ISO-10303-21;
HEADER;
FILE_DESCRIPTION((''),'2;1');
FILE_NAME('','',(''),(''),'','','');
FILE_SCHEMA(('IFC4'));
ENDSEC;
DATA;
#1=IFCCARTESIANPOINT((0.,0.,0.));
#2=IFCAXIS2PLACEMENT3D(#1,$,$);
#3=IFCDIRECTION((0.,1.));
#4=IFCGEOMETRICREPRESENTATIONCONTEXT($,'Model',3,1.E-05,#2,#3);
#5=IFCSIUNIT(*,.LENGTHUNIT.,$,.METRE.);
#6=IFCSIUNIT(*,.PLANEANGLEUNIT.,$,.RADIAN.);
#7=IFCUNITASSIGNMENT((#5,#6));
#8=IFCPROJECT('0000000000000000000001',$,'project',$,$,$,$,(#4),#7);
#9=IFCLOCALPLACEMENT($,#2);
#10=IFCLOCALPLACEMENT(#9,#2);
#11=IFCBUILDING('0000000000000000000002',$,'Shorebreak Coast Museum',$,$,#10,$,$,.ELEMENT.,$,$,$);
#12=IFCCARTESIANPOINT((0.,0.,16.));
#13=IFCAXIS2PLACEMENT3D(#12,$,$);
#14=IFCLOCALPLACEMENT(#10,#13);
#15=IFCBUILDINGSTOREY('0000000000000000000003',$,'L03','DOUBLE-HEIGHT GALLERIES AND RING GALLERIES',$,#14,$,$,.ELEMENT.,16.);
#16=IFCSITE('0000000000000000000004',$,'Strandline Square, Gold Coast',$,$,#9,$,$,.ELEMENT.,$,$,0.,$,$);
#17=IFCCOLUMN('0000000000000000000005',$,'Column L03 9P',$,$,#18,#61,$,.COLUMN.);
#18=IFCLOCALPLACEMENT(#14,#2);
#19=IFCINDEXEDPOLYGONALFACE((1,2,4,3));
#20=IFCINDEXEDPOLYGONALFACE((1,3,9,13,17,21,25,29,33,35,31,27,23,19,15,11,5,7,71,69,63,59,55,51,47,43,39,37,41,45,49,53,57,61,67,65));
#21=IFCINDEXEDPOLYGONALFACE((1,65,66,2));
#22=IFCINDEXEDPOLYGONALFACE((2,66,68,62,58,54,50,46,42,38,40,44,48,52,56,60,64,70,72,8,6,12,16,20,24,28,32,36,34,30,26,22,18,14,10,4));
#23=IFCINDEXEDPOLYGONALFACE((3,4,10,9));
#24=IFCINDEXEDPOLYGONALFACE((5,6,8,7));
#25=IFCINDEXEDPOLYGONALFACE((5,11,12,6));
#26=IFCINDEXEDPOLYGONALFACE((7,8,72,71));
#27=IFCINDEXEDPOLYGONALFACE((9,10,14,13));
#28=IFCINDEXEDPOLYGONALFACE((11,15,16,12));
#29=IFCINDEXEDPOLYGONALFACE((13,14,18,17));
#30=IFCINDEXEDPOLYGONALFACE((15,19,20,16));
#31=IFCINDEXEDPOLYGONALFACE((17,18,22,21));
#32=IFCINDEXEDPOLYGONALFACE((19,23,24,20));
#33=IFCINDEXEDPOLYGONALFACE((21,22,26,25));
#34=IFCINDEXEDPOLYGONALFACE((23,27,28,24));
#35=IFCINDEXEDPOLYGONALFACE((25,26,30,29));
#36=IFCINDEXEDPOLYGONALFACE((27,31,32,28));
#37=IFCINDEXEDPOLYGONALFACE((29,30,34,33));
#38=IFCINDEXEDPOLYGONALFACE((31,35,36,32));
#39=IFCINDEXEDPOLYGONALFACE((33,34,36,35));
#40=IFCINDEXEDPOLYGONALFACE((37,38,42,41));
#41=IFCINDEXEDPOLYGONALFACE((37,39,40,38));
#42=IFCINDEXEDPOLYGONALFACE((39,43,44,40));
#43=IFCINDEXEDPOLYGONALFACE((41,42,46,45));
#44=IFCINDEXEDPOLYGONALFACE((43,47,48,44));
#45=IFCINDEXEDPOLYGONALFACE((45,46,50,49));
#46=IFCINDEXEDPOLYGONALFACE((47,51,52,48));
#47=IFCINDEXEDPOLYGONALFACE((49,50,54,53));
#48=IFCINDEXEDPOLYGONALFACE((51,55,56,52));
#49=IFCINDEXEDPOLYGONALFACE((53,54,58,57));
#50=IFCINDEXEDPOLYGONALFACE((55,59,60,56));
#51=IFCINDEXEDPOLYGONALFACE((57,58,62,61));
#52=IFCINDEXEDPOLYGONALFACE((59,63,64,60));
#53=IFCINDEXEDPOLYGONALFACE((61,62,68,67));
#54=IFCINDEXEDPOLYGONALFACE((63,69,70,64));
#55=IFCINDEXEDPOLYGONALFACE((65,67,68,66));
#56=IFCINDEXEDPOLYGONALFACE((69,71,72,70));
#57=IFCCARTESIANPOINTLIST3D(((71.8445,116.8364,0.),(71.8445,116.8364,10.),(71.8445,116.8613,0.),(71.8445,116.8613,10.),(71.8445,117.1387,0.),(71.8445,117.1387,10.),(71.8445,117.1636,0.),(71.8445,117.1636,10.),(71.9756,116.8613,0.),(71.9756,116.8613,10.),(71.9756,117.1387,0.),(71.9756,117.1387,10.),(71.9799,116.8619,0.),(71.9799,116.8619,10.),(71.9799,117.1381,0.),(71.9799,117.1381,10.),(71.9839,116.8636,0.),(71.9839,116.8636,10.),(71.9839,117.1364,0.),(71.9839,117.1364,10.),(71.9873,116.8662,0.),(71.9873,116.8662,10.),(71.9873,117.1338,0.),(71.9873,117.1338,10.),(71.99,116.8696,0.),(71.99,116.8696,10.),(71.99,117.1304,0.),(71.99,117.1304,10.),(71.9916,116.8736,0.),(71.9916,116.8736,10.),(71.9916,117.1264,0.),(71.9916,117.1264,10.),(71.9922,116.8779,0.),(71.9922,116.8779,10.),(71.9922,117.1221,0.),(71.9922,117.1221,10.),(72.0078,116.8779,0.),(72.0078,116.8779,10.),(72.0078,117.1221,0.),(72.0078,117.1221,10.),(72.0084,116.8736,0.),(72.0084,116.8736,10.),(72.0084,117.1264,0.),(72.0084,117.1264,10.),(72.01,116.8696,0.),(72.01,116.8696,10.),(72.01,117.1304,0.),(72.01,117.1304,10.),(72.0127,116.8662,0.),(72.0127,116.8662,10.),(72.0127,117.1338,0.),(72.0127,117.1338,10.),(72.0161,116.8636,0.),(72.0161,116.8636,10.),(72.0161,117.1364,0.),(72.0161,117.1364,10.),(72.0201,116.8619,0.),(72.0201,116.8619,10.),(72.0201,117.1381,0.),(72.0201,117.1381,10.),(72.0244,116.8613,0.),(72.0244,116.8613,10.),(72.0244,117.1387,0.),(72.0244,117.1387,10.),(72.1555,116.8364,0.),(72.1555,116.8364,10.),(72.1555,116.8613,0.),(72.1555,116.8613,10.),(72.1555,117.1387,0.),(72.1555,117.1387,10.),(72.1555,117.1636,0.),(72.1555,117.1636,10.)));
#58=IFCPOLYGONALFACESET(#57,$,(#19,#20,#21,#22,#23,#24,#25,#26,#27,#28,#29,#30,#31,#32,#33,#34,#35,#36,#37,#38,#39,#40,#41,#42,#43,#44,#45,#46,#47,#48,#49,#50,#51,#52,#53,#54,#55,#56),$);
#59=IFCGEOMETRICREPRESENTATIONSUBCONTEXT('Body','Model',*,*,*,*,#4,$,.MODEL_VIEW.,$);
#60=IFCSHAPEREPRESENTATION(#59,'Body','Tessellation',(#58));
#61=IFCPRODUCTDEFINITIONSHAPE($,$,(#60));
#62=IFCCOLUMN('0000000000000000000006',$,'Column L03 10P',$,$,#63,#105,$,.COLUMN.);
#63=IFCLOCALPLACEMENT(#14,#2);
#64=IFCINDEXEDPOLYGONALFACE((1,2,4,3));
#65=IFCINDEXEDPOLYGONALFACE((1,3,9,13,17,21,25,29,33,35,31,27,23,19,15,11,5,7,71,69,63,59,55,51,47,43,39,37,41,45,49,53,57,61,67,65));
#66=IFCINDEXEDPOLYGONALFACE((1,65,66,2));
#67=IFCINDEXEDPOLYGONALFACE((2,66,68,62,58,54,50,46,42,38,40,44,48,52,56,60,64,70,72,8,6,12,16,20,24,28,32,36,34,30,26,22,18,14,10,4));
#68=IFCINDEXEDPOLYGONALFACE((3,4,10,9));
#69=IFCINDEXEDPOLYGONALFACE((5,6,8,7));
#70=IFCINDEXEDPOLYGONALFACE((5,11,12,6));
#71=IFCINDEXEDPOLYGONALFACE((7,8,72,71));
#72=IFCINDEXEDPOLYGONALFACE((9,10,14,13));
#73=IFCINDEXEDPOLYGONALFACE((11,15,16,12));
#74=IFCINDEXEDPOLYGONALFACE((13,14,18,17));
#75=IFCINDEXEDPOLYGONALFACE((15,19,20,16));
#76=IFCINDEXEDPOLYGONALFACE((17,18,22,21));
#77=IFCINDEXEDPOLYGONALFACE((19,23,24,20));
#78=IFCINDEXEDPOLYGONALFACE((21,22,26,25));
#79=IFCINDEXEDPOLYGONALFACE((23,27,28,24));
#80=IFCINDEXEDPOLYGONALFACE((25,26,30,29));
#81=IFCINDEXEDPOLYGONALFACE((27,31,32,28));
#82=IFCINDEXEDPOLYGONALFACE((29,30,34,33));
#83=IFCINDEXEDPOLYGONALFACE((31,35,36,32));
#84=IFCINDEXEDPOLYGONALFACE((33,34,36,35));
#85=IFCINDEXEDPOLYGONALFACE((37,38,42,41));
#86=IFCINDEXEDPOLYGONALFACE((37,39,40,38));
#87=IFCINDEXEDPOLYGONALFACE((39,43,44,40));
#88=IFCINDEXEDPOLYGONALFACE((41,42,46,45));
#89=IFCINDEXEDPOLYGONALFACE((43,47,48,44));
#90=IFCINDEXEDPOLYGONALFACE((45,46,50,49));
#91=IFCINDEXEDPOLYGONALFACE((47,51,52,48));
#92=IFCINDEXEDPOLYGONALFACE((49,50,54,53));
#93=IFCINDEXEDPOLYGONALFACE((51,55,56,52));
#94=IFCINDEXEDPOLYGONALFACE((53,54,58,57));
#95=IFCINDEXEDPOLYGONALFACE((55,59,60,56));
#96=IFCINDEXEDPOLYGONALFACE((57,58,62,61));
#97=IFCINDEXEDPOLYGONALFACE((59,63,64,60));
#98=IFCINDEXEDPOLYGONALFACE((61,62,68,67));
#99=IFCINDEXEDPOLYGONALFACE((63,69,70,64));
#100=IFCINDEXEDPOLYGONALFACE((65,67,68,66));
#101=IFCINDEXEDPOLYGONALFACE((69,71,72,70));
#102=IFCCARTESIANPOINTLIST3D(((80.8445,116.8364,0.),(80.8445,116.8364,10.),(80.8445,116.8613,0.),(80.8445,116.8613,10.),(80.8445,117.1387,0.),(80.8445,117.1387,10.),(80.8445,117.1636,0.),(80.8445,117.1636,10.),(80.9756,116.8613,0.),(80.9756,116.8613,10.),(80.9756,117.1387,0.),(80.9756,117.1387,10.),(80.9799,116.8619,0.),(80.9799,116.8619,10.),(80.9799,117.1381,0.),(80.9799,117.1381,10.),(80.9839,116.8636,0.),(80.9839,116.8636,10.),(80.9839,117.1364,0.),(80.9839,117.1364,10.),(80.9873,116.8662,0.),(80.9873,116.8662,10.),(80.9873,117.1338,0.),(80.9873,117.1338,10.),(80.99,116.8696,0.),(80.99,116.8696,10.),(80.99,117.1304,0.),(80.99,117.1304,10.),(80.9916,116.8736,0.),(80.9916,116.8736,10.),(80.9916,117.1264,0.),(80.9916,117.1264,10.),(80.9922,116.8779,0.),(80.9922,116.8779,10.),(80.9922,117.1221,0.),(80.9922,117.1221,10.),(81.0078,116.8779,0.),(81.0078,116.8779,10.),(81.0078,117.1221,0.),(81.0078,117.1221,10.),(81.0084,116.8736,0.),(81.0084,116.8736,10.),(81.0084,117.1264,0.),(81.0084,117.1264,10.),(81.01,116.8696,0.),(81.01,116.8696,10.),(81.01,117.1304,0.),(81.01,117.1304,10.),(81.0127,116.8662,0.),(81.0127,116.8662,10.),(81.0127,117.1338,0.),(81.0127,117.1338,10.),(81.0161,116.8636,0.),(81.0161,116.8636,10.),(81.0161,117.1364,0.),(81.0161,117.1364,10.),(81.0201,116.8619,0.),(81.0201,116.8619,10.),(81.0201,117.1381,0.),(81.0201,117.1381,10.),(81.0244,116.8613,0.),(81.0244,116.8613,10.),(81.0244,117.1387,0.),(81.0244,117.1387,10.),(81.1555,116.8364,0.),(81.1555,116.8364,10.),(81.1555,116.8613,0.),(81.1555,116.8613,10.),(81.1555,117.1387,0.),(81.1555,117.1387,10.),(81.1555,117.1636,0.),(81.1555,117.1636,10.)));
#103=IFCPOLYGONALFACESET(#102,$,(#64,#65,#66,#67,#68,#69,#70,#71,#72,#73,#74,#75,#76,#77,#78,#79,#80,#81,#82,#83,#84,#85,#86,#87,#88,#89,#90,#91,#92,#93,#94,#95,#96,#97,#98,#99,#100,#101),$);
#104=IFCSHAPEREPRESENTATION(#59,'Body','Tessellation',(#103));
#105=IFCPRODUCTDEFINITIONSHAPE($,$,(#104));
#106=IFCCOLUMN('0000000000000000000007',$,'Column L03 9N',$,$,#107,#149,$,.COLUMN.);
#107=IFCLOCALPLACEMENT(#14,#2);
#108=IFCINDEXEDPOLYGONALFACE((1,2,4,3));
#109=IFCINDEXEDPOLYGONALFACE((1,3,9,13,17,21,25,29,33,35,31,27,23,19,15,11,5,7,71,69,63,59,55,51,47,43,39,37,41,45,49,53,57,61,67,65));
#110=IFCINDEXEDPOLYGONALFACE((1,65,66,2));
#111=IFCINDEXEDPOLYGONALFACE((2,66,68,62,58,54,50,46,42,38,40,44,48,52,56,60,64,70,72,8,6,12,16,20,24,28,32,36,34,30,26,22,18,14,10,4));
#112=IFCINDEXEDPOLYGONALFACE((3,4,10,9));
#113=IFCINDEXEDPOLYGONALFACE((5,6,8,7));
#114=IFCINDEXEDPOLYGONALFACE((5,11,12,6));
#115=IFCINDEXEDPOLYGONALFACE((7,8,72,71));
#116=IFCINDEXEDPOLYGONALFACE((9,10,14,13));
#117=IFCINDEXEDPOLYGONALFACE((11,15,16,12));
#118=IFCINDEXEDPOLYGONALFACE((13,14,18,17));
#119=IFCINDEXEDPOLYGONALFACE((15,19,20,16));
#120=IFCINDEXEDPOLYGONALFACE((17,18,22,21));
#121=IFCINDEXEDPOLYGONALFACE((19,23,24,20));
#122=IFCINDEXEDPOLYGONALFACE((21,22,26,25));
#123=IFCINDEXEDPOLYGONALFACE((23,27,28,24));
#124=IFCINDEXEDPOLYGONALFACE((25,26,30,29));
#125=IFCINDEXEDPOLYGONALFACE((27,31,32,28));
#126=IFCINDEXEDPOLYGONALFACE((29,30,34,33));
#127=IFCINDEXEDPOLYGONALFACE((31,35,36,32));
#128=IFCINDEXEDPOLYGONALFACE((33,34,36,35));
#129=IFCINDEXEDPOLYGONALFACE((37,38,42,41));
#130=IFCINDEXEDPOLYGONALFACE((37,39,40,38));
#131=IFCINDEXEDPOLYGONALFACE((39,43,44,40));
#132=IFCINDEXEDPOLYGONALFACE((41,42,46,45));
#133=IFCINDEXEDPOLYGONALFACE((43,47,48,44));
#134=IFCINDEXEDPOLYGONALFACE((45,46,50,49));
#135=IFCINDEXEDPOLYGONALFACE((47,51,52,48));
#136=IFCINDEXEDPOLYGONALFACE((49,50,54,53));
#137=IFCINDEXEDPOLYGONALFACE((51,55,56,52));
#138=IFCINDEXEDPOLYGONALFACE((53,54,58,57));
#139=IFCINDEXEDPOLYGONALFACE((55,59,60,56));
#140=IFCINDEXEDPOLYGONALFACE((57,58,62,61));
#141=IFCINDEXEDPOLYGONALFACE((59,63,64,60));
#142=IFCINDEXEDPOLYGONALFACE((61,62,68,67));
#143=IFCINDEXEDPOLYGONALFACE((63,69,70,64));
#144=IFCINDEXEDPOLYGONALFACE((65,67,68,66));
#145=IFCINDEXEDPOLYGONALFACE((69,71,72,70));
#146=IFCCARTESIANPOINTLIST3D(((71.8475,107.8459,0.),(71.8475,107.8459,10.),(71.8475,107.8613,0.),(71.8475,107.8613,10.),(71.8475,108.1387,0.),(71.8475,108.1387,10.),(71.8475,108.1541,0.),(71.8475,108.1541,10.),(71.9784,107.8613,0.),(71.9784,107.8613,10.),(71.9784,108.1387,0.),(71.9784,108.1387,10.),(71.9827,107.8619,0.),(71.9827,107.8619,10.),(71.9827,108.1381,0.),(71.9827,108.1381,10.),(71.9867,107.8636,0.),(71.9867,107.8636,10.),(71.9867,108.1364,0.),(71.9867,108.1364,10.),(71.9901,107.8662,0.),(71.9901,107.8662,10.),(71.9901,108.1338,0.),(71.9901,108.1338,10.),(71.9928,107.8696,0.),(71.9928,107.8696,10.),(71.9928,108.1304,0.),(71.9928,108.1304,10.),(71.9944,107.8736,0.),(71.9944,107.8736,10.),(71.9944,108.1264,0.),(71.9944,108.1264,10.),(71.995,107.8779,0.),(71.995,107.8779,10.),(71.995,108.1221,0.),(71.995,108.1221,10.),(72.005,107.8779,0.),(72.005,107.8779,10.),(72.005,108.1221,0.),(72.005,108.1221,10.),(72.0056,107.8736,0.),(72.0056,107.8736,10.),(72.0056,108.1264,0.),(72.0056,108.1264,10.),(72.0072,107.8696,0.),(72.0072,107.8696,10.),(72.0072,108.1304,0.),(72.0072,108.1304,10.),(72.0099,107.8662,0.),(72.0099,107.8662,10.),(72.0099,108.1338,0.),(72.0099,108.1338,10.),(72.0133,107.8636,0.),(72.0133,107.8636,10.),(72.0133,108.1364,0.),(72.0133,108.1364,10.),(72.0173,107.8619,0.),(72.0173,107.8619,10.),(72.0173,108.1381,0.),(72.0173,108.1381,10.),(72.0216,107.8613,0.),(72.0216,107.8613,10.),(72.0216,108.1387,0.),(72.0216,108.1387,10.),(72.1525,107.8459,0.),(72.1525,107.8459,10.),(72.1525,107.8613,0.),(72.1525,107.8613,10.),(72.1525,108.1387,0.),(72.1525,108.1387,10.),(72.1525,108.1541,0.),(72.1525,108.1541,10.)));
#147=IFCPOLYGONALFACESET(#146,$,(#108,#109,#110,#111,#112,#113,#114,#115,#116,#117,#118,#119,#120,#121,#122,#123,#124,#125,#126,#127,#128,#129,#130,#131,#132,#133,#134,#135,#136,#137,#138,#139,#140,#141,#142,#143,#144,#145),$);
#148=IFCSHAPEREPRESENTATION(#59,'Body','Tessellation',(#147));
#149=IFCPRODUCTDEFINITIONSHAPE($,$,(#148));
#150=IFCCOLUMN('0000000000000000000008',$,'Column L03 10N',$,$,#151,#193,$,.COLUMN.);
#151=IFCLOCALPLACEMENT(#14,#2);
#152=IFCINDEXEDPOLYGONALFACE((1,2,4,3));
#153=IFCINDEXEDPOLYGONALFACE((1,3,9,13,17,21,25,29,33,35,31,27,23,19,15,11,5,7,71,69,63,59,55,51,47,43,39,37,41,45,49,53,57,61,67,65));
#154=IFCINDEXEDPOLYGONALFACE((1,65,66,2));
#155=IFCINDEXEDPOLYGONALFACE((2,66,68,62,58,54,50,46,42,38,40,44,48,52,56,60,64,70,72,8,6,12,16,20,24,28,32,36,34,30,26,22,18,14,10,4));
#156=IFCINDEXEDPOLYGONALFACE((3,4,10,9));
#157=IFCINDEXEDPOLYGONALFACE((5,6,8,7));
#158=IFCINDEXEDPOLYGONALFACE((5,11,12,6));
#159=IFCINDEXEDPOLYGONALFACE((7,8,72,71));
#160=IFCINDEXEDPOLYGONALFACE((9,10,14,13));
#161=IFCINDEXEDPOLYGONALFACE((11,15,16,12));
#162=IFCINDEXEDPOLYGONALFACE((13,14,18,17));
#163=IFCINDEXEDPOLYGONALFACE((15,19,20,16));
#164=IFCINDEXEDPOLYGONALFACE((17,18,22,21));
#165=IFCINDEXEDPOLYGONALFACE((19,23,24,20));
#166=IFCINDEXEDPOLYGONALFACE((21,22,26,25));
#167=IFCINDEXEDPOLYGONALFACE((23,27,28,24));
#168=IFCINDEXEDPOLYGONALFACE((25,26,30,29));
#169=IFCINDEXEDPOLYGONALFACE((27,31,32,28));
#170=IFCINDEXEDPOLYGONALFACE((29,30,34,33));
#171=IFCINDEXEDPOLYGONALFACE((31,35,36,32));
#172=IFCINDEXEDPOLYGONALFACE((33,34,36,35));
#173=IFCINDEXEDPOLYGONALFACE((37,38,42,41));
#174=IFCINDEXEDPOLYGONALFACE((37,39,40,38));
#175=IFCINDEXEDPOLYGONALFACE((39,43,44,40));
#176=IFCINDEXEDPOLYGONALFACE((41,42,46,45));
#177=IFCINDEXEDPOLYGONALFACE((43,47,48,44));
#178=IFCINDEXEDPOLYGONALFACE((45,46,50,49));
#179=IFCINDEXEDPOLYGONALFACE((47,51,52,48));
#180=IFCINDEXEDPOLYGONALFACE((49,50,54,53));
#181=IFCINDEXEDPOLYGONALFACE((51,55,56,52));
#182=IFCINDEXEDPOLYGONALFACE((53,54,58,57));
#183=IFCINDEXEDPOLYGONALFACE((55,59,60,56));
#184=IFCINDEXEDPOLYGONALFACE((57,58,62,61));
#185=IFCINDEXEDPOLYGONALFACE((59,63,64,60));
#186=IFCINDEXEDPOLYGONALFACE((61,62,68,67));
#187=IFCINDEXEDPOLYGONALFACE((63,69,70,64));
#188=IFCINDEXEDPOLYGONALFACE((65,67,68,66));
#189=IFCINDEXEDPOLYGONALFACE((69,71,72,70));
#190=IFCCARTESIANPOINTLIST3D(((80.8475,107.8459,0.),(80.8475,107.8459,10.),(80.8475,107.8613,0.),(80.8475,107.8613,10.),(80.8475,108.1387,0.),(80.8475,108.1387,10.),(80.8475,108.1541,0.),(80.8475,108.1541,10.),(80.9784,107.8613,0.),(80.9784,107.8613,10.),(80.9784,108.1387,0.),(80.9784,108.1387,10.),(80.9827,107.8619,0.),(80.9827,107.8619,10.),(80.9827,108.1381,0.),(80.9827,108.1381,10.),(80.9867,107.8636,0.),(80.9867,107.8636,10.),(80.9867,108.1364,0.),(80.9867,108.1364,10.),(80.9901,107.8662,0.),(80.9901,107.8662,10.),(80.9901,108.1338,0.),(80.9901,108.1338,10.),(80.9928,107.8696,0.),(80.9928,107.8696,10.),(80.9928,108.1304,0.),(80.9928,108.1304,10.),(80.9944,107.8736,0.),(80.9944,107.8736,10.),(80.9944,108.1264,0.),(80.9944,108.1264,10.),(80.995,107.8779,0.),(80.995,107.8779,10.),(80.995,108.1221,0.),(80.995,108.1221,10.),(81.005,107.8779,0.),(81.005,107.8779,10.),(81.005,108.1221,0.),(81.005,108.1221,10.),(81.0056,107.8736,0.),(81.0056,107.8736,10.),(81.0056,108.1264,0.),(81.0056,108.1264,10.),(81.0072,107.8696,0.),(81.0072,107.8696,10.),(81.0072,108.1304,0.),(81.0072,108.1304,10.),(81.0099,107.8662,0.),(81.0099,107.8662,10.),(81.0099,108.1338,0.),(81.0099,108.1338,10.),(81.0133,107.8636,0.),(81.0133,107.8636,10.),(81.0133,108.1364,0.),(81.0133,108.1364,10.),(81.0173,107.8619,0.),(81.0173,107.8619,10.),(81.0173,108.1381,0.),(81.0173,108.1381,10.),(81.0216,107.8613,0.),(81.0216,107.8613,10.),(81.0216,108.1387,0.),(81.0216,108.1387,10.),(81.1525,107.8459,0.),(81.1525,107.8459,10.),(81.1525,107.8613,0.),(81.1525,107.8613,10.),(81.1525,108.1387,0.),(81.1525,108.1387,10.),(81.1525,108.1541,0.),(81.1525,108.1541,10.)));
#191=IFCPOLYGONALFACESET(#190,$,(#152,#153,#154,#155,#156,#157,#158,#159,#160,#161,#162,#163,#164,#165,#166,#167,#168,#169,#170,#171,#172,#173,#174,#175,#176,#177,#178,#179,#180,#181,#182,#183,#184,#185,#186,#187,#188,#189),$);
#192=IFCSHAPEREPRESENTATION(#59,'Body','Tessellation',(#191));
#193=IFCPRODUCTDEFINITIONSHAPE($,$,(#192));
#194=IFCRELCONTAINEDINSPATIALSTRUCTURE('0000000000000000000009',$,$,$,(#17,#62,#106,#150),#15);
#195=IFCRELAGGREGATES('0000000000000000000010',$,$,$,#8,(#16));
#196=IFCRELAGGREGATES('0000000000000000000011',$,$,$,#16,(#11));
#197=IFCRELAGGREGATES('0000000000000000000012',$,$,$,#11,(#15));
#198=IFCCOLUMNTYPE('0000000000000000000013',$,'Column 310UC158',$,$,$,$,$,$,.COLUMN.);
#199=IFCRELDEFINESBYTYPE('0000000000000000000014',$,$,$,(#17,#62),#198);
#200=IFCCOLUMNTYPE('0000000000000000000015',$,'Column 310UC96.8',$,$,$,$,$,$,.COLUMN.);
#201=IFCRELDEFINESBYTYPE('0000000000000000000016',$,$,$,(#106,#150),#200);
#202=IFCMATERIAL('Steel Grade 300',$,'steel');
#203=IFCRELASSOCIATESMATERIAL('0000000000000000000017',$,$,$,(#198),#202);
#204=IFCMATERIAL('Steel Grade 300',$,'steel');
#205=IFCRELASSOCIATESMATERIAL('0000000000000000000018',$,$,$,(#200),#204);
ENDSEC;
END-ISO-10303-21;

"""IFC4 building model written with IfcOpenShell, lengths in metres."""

from ifc_helpers import new_model, si_unit, direction, frame, origin, origin_2d, place, context, subcontext, project, spatial, i_section, extrude, material, material_profile, profile_set, type_object, element, save


model = new_model("IFC4")

# Units and contexts
model_context = context("Model", 3, precision=1e-05, world=origin(), true_north=direction((0.0, 1.0)))
body_context = subcontext(model_context, "Body", "Model", "MODEL_VIEW")
ifc_project = project(units=[si_unit("LENGTHUNIT", "METRE"), si_unit("PLANEANGLEUNIT", "RADIAN")], contexts=[model_context])

# Site, building, storey
site_placement = place(None, origin())
site = spatial("IfcSite", under=ifc_project, at=site_placement, Name="Strandline Square, Gold Coast", CompositionType="ELEMENT", RefElevation=0.0)
building_placement = place(site_placement, origin())
building = spatial("IfcBuilding", under=site, at=building_placement, Name="Shorebreak Coast Museum", CompositionType="ELEMENT")
storey_placement = place(building_placement, frame((0.0, 0.0, 16.0)))
storey = spatial("IfcBuildingStorey", under=building, at=storey_placement, Name="L03", Description="DOUBLE-HEIGHT GALLERIES AND RING GALLERIES", CompositionType="ELEMENT", Elevation=16.0)

# Columns
ifc_material_1 = material(Name="Steel Grade 300", Category="steel")
ifc_material_profile_1 = material_profile(ifc_material_1, i_section(OverallWidth=0.311, OverallDepth=0.3271, WebThickness=0.0156, FlangeThickness=0.0249, FilletRadius=0.0166, at=origin_2d()), Name="310UC158")
ifc_profile_set_1 = profile_set([ifc_material_profile_1], Name="Steel Grade 300")
column_type_1 = type_object("IfcColumnType", Name="Column 310UC158", PredefinedType="COLUMN", material=ifc_profile_set_1)
for number, where, z_axis, x_axis, name in (
    (1, (72.0, 117.0, 0.0), (0.0, 0.0, 1.0), (1.0, 0.0, 0.0), "Column L03 9P"),
    (2, (81.0, 117.0, 0.0), (0.0, 0.0, 1.0), (1.0, 0.0, 0.0), "Column L03 10P"),
):
    element("IfcColumn", number, at=place(storey_placement, frame(where, z_axis=z_axis, x_axis=x_axis)), inside=storey, type_object=column_type_1, Name=name, PredefinedType="COLUMN", context=body_context, shape_type="SweptSolid", body=[
        extrude(i_section(OverallWidth=0.311, OverallDepth=0.3271, WebThickness=0.0156, FlangeThickness=0.0249, FilletRadius=0.0166, at=origin_2d()), origin(), (0.0, 0.0, 1.0), 10.0),
    ])
ifc_material_2 = material(Name="Steel Grade 300", Category="steel")
ifc_material_profile_2 = material_profile(ifc_material_2, i_section(OverallWidth=0.3049, OverallDepth=0.3081, WebThickness=0.01, FlangeThickness=0.0154, FilletRadius=0.0166, at=origin_2d()), Name="310UC96.8")
ifc_profile_set_2 = profile_set([ifc_material_profile_2], Name="Steel Grade 300")
column_type_2 = type_object("IfcColumnType", Name="Column 310UC96.8", PredefinedType="COLUMN", material=ifc_profile_set_2)
for number, where, z_axis, x_axis, name in (
    (3, (72.0, 108.0, 0.0), (0.0, 0.0, 1.0), (1.0, 0.0, 0.0), "Column L03 9N"),
    (4, (81.0, 108.0, 0.0), (0.0, 0.0, 1.0), (1.0, 0.0, 0.0), "Column L03 10N"),
):
    element("IfcColumn", number, at=place(storey_placement, frame(where, z_axis=z_axis, x_axis=x_axis)), inside=storey, type_object=column_type_2, Name=name, PredefinedType="COLUMN", context=body_context, shape_type="SweptSolid", body=[
        extrude(i_section(OverallWidth=0.3049, OverallDepth=0.3081, WebThickness=0.01, FlangeThickness=0.0154, FilletRadius=0.0166, at=origin_2d()), origin(), (0.0, 0.0, 1.0), 10.0),
    ])

save(model, "model.ifc")
